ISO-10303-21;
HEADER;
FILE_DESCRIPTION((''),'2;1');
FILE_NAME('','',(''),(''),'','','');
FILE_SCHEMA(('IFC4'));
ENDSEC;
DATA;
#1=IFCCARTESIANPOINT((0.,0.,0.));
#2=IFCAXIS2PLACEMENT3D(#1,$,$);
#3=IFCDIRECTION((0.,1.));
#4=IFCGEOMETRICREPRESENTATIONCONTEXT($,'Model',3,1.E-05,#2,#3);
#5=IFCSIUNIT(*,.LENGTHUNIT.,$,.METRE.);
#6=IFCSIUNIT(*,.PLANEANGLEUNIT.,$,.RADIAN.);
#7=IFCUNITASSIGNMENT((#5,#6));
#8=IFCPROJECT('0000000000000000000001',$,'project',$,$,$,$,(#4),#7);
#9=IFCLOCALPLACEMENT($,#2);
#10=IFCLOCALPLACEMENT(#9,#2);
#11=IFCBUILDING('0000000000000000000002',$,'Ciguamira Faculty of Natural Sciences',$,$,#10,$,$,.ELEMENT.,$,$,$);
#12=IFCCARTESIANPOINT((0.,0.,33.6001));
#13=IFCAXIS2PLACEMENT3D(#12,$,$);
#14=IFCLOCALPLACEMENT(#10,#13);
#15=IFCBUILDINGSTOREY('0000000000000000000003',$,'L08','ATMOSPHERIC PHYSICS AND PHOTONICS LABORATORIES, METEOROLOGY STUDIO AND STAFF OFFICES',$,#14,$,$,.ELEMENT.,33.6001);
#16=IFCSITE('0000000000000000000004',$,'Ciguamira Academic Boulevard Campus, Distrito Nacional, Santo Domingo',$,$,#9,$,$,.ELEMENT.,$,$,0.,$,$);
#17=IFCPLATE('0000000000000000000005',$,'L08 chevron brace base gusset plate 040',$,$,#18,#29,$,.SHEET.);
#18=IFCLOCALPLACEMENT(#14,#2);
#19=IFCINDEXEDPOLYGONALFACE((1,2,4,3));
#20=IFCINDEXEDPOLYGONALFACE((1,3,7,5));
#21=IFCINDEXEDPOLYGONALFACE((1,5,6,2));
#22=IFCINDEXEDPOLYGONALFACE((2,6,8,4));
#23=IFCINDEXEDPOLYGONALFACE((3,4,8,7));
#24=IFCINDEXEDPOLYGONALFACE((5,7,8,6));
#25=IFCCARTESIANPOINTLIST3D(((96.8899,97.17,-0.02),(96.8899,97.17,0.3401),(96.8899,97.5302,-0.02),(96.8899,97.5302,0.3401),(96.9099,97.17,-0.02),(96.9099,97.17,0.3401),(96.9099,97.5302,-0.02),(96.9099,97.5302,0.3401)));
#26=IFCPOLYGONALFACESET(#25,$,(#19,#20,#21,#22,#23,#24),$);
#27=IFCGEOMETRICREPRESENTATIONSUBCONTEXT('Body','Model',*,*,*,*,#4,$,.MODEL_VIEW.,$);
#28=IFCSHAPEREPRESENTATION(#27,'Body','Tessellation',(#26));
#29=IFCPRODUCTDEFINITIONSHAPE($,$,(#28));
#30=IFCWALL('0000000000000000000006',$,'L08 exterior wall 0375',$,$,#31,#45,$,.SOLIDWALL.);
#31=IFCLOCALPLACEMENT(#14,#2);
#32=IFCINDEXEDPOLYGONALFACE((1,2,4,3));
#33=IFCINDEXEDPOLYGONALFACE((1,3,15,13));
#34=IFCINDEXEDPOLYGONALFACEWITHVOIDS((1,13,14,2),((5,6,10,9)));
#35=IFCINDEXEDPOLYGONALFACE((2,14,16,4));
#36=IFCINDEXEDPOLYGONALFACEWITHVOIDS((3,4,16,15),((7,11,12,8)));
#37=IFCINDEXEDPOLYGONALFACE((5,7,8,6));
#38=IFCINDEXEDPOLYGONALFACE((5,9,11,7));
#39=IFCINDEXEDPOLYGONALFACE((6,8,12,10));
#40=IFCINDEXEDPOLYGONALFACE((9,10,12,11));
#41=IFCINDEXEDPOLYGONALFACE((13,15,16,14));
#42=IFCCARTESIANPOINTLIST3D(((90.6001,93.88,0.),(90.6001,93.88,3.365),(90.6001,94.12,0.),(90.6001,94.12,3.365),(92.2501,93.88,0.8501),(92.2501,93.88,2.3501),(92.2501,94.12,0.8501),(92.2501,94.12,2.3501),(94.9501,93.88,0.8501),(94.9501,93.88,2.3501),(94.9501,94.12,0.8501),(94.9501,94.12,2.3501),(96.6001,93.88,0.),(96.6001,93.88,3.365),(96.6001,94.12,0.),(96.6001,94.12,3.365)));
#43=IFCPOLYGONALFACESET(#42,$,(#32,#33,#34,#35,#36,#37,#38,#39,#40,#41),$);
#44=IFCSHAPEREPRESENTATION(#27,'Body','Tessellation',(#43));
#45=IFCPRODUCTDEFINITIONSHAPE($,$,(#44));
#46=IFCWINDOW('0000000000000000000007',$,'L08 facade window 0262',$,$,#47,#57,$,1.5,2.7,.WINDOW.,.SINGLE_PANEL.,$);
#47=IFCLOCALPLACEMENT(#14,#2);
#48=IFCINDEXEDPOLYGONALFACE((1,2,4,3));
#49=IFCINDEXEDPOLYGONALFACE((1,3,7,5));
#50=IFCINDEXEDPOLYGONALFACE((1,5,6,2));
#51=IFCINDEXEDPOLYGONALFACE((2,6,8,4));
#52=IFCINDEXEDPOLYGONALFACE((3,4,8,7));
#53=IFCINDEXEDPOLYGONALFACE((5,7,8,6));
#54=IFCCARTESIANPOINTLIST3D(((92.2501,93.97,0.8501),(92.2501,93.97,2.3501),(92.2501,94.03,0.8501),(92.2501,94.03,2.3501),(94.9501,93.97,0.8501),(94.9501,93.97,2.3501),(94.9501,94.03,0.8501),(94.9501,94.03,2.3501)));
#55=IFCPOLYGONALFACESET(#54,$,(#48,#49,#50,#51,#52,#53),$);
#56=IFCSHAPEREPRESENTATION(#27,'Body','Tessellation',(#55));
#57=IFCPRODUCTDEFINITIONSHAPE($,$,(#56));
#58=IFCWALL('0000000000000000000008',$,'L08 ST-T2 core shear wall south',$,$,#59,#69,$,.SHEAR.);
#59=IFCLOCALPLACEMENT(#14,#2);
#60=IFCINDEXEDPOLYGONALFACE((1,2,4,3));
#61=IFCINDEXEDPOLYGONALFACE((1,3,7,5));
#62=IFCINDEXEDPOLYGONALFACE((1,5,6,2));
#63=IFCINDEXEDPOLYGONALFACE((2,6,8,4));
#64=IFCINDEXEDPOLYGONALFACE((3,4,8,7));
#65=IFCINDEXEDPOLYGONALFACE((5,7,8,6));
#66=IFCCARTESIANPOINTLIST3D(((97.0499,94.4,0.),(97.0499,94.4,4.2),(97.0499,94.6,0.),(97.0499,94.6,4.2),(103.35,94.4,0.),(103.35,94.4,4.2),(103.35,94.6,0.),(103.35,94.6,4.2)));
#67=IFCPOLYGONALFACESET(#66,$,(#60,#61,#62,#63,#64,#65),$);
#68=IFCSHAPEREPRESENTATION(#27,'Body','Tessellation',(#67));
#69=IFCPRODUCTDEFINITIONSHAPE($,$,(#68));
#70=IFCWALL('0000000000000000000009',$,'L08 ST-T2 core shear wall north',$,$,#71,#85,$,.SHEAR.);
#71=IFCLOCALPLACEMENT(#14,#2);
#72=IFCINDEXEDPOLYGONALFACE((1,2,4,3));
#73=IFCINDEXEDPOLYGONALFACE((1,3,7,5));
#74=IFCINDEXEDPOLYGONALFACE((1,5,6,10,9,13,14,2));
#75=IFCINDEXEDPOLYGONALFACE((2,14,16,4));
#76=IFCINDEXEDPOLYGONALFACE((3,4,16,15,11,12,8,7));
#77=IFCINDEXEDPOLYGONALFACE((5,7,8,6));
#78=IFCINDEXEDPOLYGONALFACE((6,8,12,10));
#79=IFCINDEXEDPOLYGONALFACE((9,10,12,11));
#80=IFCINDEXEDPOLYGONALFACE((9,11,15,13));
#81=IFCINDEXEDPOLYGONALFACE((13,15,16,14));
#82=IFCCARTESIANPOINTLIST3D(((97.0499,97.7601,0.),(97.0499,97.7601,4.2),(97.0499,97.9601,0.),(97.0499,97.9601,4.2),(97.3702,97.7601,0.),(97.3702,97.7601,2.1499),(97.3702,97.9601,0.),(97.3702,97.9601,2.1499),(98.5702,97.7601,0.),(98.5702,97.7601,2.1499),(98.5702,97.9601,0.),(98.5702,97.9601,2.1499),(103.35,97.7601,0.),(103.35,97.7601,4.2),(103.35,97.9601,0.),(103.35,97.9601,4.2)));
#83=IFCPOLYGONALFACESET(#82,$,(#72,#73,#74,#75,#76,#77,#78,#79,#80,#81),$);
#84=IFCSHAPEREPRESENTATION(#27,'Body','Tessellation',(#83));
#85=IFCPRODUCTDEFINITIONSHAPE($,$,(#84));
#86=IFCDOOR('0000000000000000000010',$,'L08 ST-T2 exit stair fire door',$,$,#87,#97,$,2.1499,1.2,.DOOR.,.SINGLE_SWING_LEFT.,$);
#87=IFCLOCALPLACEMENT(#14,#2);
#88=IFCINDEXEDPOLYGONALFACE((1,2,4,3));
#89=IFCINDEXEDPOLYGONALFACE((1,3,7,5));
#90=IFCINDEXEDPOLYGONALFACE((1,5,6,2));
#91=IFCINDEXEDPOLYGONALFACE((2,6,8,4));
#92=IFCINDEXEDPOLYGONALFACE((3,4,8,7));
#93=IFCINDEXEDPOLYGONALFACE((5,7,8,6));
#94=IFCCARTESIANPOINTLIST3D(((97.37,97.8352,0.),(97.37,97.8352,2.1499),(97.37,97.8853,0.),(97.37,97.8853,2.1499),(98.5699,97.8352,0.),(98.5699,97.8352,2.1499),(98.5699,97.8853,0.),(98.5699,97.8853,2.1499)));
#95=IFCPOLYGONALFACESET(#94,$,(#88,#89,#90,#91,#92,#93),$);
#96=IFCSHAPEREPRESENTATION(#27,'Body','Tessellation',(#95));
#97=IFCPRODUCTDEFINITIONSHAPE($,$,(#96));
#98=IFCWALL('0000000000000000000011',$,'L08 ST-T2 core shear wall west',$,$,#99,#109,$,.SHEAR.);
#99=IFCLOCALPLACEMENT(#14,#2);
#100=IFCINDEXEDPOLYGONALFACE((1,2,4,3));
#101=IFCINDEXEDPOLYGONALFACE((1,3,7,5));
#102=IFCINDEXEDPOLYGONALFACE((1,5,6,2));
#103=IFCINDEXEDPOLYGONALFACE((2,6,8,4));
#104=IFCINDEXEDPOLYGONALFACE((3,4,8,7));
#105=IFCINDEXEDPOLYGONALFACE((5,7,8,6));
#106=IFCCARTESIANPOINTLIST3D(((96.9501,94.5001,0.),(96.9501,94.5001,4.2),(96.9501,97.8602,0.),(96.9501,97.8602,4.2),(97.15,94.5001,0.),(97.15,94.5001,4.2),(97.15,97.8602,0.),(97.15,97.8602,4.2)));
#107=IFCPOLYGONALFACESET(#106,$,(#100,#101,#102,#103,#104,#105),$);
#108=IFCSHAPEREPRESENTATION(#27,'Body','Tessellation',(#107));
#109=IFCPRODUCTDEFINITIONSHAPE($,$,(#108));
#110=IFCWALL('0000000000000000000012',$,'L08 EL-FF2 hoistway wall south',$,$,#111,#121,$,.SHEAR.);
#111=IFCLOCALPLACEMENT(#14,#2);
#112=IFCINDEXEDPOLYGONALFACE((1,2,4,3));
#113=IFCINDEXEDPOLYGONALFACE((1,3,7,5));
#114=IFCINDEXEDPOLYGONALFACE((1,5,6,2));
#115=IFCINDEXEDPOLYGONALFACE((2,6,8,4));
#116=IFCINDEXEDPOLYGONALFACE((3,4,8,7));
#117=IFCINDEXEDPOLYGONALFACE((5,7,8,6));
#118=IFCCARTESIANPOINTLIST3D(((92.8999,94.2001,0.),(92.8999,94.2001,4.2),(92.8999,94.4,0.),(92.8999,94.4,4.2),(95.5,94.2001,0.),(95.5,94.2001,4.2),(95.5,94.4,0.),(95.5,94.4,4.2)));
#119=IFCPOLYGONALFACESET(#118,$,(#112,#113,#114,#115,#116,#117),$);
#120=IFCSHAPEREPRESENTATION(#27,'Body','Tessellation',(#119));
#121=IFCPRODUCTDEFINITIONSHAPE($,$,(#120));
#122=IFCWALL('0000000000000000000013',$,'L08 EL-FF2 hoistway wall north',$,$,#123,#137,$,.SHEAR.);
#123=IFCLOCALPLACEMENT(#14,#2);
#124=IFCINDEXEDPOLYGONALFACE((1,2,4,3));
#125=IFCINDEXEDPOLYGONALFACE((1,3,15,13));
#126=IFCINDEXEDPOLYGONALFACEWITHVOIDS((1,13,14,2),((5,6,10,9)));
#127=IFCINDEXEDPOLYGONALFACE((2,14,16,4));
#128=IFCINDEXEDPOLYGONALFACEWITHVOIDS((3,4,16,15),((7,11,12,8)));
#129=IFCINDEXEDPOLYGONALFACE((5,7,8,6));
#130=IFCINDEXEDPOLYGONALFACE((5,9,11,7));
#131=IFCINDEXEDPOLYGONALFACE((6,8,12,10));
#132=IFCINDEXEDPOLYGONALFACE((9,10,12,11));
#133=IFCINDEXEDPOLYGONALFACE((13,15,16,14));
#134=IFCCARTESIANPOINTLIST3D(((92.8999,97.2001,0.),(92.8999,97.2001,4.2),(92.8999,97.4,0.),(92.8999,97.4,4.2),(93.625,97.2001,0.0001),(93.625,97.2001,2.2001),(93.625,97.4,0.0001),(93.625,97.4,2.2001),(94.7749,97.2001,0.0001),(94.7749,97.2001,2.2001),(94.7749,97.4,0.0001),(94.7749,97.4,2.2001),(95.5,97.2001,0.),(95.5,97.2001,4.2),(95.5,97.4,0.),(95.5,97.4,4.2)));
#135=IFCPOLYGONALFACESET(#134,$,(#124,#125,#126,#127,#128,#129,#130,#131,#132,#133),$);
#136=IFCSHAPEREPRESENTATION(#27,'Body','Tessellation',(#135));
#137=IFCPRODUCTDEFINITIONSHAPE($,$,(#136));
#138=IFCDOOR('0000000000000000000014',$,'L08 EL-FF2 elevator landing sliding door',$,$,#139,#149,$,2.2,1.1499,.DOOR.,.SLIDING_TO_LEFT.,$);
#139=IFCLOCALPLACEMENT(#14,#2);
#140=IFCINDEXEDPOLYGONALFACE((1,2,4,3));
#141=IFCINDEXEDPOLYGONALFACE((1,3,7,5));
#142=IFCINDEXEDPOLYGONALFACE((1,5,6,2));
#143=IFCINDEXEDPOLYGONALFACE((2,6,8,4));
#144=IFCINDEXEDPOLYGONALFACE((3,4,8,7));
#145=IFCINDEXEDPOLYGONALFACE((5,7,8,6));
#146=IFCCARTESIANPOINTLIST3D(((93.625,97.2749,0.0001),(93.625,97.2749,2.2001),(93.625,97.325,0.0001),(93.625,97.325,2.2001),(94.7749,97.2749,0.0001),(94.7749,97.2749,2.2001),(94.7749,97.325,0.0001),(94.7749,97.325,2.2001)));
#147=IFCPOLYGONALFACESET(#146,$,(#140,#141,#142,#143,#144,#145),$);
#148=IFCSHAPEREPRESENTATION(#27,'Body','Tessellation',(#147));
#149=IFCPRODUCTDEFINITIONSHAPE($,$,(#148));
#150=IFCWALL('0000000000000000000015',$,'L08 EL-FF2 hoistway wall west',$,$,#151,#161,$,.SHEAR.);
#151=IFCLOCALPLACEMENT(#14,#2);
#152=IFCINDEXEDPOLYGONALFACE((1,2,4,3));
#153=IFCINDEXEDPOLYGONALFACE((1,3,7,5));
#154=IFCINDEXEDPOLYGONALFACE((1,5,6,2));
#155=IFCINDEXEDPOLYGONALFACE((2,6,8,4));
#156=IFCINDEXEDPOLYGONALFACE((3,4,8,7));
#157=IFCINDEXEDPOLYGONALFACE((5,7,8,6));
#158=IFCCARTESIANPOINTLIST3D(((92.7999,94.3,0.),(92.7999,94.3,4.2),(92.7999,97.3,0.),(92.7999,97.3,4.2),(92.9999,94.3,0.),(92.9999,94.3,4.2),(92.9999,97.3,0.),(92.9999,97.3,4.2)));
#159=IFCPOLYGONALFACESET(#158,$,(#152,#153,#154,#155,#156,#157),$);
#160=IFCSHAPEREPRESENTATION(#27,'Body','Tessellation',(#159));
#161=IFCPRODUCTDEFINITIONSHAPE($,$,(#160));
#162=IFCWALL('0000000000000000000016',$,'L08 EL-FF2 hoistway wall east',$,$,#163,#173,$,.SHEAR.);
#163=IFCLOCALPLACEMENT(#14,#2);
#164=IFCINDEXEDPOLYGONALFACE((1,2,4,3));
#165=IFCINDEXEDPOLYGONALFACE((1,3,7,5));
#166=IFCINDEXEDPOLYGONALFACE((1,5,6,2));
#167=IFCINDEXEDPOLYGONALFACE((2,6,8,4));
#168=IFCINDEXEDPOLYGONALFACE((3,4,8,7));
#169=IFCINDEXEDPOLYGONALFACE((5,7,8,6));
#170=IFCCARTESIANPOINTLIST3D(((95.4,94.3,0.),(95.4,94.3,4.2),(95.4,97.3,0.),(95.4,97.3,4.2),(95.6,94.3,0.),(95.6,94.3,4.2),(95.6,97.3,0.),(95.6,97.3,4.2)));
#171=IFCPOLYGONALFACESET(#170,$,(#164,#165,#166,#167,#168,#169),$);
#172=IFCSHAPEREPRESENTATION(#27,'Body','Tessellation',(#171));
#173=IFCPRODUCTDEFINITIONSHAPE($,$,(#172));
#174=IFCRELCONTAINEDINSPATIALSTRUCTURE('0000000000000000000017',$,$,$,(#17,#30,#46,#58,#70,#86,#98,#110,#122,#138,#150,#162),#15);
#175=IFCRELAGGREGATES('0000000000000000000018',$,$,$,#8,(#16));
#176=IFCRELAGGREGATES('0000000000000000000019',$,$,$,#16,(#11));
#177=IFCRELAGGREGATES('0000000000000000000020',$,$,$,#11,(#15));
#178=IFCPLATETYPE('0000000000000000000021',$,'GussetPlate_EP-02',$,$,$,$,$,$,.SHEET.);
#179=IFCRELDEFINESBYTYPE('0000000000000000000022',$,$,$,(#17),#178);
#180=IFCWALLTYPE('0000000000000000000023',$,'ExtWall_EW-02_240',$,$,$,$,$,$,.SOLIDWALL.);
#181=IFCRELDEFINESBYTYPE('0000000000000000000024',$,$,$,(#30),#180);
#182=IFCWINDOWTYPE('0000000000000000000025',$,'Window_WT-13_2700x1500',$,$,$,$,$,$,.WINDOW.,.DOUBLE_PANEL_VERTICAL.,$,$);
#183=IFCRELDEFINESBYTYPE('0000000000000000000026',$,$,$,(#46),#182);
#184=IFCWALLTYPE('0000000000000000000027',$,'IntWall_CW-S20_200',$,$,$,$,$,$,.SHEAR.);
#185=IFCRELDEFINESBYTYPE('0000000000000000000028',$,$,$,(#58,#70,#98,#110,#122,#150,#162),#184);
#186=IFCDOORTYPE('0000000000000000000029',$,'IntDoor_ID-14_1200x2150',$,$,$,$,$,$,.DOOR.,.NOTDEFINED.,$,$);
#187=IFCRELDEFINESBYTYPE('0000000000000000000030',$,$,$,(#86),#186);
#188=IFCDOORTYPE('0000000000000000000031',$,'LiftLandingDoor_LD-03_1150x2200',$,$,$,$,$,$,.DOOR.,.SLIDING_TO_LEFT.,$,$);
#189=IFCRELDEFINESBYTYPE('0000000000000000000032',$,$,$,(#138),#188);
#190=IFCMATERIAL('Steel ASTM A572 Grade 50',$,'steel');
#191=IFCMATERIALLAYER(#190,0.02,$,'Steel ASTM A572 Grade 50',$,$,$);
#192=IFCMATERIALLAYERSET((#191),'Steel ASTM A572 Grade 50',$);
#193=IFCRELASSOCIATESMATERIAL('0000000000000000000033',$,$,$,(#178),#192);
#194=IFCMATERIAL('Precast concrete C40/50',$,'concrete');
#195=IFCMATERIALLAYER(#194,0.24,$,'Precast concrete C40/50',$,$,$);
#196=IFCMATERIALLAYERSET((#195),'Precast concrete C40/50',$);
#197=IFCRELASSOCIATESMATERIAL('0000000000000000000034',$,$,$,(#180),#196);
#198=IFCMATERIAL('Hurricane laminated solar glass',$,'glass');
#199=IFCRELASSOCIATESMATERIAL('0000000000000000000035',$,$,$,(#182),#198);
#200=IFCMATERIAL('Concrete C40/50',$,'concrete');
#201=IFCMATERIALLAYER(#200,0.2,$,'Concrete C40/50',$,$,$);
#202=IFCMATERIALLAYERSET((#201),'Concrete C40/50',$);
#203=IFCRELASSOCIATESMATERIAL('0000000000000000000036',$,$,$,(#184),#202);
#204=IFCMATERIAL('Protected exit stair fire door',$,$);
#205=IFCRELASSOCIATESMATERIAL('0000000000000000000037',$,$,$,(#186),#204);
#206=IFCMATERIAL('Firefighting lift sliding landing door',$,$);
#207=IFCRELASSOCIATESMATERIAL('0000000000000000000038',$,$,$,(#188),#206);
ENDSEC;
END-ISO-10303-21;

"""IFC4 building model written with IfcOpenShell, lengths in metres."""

from ifc_helpers import new_model, si_unit, direction, frame, frame_2d, origin, origin_2d, place, context, subcontext, project, spatial, rectangle, extrude, material, layer, layer_set, type_object, element, fill, save


model = new_model("IFC4")

# Units and contexts
model_context = context("Model", 3, precision=1e-05, world=origin(), true_north=direction((0.0, 1.0)))
body_context = subcontext(model_context, "Body", "Model", "MODEL_VIEW")
ifc_project = project(units=[si_unit("LENGTHUNIT", "METRE"), si_unit("PLANEANGLEUNIT", "RADIAN")], contexts=[model_context])

# Site, building, storey
site_placement = place(None, origin())
site = spatial("IfcSite", under=ifc_project, at=site_placement, Name="Ciguamira Academic Boulevard Campus, Distrito Nacional, Santo Domingo", CompositionType="ELEMENT", RefElevation=0.0)
building_placement = place(site_placement, origin())
building = spatial("IfcBuilding", under=site, at=building_placement, Name="Ciguamira Faculty of Natural Sciences", CompositionType="ELEMENT")
storey_placement = place(building_placement, frame((0.0, 0.0, 33.6001)))
storey = spatial("IfcBuildingStorey", under=building, at=storey_placement, Name="L08", Description="ATMOSPHERIC PHYSICS AND PHOTONICS LABORATORIES, METEOROLOGY STUDIO AND STAFF OFFICES", CompositionType="ELEMENT", Elevation=33.6001)

# Shared definitions
ifc_material_1 = material(Name="Concrete C40/50", Category="concrete")

# Plate
ifc_material_2 = material(Name="Steel ASTM A572 Grade 50", Category="steel")
ifc_layer_1 = layer(ifc_material_2, 0.02, Name="Steel ASTM A572 Grade 50")
ifc_layer_set_1 = layer_set([ifc_layer_1], Name="Steel ASTM A572 Grade 50")
plate_type = type_object("IfcPlateType", Name="GussetPlate_EP-02", PredefinedType="SHEET", material=ifc_layer_set_1)
for number, where, z_axis, x_axis, name in (
    (1, (96.8999, 97.3501, -0.02), (0.0, 0.0, 1.0), (1.0, 0.0, 0.0), "L08 chevron brace base gusset plate 040"),
):
    element("IfcPlate", number, at=place(storey_placement, frame(where, z_axis=z_axis, x_axis=x_axis)), inside=storey, type_object=plate_type, Name=name, PredefinedType="SHEET", context=body_context, shape_type="SweptSolid", body=[
        extrude(rectangle(XDim=0.02, YDim=0.3601, at=origin_2d()), origin(), (0.0, 0.0, 1.0), 0.3601),
    ])

# Wall, opening, window
ifc_material_3 = material(Name="Precast concrete C40/50", Category="concrete")
ifc_layer_2 = layer(ifc_material_3, 0.24, Name="Precast concrete C40/50")
ifc_layer_set_2 = layer_set([ifc_layer_2], Name="Precast concrete C40/50")
wall_type_1 = type_object("IfcWallType", Name="ExtWall_EW-02_240", PredefinedType="SOLIDWALL", material=ifc_layer_set_2)
wall_1_placement = place(storey_placement, frame((90.6001, 94.0, 0.0), z_axis=(0.0, 0.0, 1.0), x_axis=(1.0, 0.0, 0.0)))
wall_1 = element("IfcWall", 2, at=wall_1_placement, inside=storey, type_object=wall_type_1, Name="L08 exterior wall 0375", PredefinedType="SOLIDWALL", context=body_context, shape_type="SweptSolid", body=[
    extrude(rectangle(XDim=6.0, YDim=0.24, at=frame_2d((3.0, 0.0))), origin(), (0.0, 0.0, 1.0), 3.365),
])
opening_1_placement = place(wall_1_placement, frame((1.6499, 0.0, 0.8501)))
opening_1 = element("IfcOpeningElement", 3, at=opening_1_placement, cuts=wall_1, PredefinedType="OPENING", context=body_context, shape_type="SweptSolid", body=[
    extrude(rectangle(XDim=2.7, YDim=1.5, at=frame_2d((1.3501, 0.75))), frame((0.0, 0.1299, 0.0), z_axis=(0.0, -1.0, 0.0), x_axis=(1.0, 0.0, 0.0)), (0.0, 0.0, 1.0), 0.26),
])
ifc_material_4 = material(Name="Hurricane laminated solar glass", Category="glass")
window_type = type_object("IfcWindowType", Name="Window_WT-13_2700x1500", PartitioningType="DOUBLE_PANEL_VERTICAL", PredefinedType="WINDOW", material=ifc_material_4)
window_placement = place(opening_1_placement, origin())
window = element("IfcWindow", 4, at=window_placement, inside=storey, type_object=window_type, Name="L08 facade window 0262", OverallHeight=1.5, OverallWidth=2.7, PartitioningType="SINGLE_PANEL", PredefinedType="WINDOW", context=body_context, shape_type="SweptSolid", body=[
    extrude(rectangle(XDim=2.7, YDim=1.5, at=frame_2d((1.3501, 0.75))), frame((0.0, 0.03, 0.0), z_axis=(0.0, -1.0, 0.0), x_axis=(1.0, 0.0, 0.0)), (0.0, 0.0, 1.0), 0.0601),
])
fill(opening_1, window)

# Wall
ifc_layer_3 = layer(ifc_material_1, 0.2, Name="Concrete C40/50")
ifc_layer_set_3 = layer_set([ifc_layer_3], Name="Concrete C40/50")
wall_type_2 = type_object("IfcWallType", Name="IntWall_CW-S20_200", PredefinedType="SHEAR", material=ifc_layer_set_3)
wall_2_placement = place(storey_placement, frame((97.05, 94.5, 0.0), z_axis=(0.0, 0.0, 1.0), x_axis=(1.0, 0.0, 0.0)))
element("IfcWall", 5, at=wall_2_placement, inside=storey, type_object=wall_type_2, Name="L08 ST-T2 core shear wall south", PredefinedType="SHEAR", context=body_context, shape_type="SweptSolid", body=[
    extrude(rectangle(XDim=6.3, YDim=0.2, at=frame_2d((3.1499, 0.0))), origin(), (0.0, 0.0, 1.0), 4.2),
])

# Wall, opening, door
wall_3_placement = place(storey_placement, frame((97.05, 97.8601, 0.0), z_axis=(0.0, 0.0, 1.0), x_axis=(1.0, 0.0, 0.0)))
wall_3 = element("IfcWall", 6, at=wall_3_placement, inside=storey, type_object=wall_type_2, Name="L08 ST-T2 core shear wall north", PredefinedType="SHEAR", context=body_context, shape_type="SweptSolid", body=[
    extrude(rectangle(XDim=6.3, YDim=0.2, at=frame_2d((3.1499, 0.0))), origin(), (0.0, 0.0, 1.0), 4.2),
])
opening_2_placement = place(wall_3_placement, frame((0.3201, 0.0, 0.0)))
opening_2 = element("IfcOpeningElement", 7, at=opening_2_placement, cuts=wall_3, PredefinedType="OPENING", context=body_context, shape_type="SweptSolid", body=[
    extrude(rectangle(XDim=1.2, YDim=2.1499, at=frame_2d((0.6001, 1.075))), frame((0.0, 0.1099, 0.0), z_axis=(0.0, -1.0, 0.0), x_axis=(1.0, 0.0, 0.0)), (0.0, 0.0, 1.0), 0.22),
])
ifc_material_5 = material(Name="Protected exit stair fire door")
door_type_1 = type_object("IfcDoorType", Name="IntDoor_ID-14_1200x2150", OperationType="NOTDEFINED", PredefinedType="DOOR", material=ifc_material_5)
door_1_placement = place(opening_2_placement, frame((1.2, 0.0, 0.0), z_axis=(0.0, 0.0, 1.0), x_axis=(-1.0, 0.0, 0.0)))
door_1 = element("IfcDoor", 8, at=door_1_placement, inside=storey, type_object=door_type_1, Name="L08 ST-T2 exit stair fire door", OperationType="SINGLE_SWING_LEFT", OverallHeight=2.1499, OverallWidth=1.2, PredefinedType="DOOR", context=body_context, shape_type="SweptSolid", body=[
    extrude(rectangle(XDim=1.2, YDim=2.1499, at=frame_2d((0.6001, 1.075))), frame((0.0, 0.0249, 0.0), z_axis=(0.0, -1.0, 0.0), x_axis=(1.0, 0.0, 0.0)), (0.0, 0.0, 1.0), 0.05),
])
fill(opening_2, door_1)

# Walls
wall_4_placement = place(storey_placement, frame((97.05, 94.5, 0.0), z_axis=(0.0, 0.0, 1.0), x_axis=(0.0, 1.0, 0.0)))
element("IfcWall", 9, at=wall_4_placement, inside=storey, type_object=wall_type_2, Name="L08 ST-T2 core shear wall west", PredefinedType="SHEAR", context=body_context, shape_type="SweptSolid", body=[
    extrude(rectangle(XDim=3.3601, YDim=0.2, at=frame_2d((1.6802, 0.0))), origin(), (0.0, 0.0, 1.0), 4.2),
])
wall_5_placement = place(storey_placement, frame((92.8999, 94.3, 0.0), z_axis=(0.0, 0.0, 1.0), x_axis=(1.0, 0.0, 0.0)))
element("IfcWall", 10, at=wall_5_placement, inside=storey, type_object=wall_type_2, Name="L08 EL-FF2 hoistway wall south", PredefinedType="SHEAR", context=body_context, shape_type="SweptSolid", body=[
    extrude(rectangle(XDim=2.6001, YDim=0.2, at=frame_2d((1.3, 0.0))), origin(), (0.0, 0.0, 1.0), 4.2),
])

# Wall, opening, door
wall_6_placement = place(storey_placement, frame((92.8999, 97.3, 0.0), z_axis=(0.0, 0.0, 1.0), x_axis=(1.0, 0.0, 0.0)))
wall_6 = element("IfcWall", 11, at=wall_6_placement, inside=storey, type_object=wall_type_2, Name="L08 EL-FF2 hoistway wall north", PredefinedType="SHEAR", context=body_context, shape_type="SweptSolid", body=[
    extrude(rectangle(XDim=2.6001, YDim=0.2, at=frame_2d((1.3, 0.0))), origin(), (0.0, 0.0, 1.0), 4.2),
])
opening_3_placement = place(wall_6_placement, frame((0.7251, 0.0, 0.0)))
opening_3 = element("IfcOpeningElement", 12, at=opening_3_placement, cuts=wall_6, PredefinedType="OPENING", context=body_context, shape_type="SweptSolid", body=[
    extrude(rectangle(XDim=1.1499, YDim=2.2, at=frame_2d((0.575, 1.1001))), frame((0.0, 0.1099, 0.0), z_axis=(0.0, -1.0, 0.0), x_axis=(1.0, 0.0, 0.0)), (0.0, 0.0, 1.0), 0.22),
])
ifc_material_6 = material(Name="Firefighting lift sliding landing door")
door_type_2 = type_object("IfcDoorType", Name="LiftLandingDoor_LD-03_1150x2200", OperationType="SLIDING_TO_LEFT", PredefinedType="DOOR", material=ifc_material_6)
door_2_placement = place(opening_3_placement, origin())
door_2 = element("IfcDoor", 13, at=door_2_placement, inside=storey, type_object=door_type_2, Name="L08 EL-FF2 elevator landing sliding door", OperationType="SLIDING_TO_LEFT", OverallHeight=2.2, OverallWidth=1.1499, PredefinedType="DOOR", context=body_context, shape_type="SweptSolid", body=[
    extrude(rectangle(XDim=1.1499, YDim=2.2, at=frame_2d((0.575, 1.1001))), frame((0.0, 0.0249, 0.0), z_axis=(0.0, -1.0, 0.0), x_axis=(1.0, 0.0, 0.0)), (0.0, 0.0, 1.0), 0.05),
])
fill(opening_3, door_2)

# Walls
for number, where, z_axis, x_axis, name in (
    (14, (92.8999, 94.3, 0.0), (0.0, 0.0, 1.0), (0.0, 1.0, 0.0), "L08 EL-FF2 hoistway wall west"),
    (15, (95.5, 94.3, 0.0), (0.0, 0.0, 1.0), (0.0, 1.0, 0.0), "L08 EL-FF2 hoistway wall east"),
):
    element("IfcWall", number, at=place(storey_placement, frame(where, z_axis=z_axis, x_axis=x_axis)), inside=storey, type_object=wall_type_2, Name=name, PredefinedType="SHEAR", context=body_context, shape_type="SweptSolid", body=[
        extrude(rectangle(XDim=3.0, YDim=0.2, at=frame_2d((1.5, 0.0))), origin(), (0.0, 0.0, 1.0), 4.2),
    ])

save(model, "model.ifc")
